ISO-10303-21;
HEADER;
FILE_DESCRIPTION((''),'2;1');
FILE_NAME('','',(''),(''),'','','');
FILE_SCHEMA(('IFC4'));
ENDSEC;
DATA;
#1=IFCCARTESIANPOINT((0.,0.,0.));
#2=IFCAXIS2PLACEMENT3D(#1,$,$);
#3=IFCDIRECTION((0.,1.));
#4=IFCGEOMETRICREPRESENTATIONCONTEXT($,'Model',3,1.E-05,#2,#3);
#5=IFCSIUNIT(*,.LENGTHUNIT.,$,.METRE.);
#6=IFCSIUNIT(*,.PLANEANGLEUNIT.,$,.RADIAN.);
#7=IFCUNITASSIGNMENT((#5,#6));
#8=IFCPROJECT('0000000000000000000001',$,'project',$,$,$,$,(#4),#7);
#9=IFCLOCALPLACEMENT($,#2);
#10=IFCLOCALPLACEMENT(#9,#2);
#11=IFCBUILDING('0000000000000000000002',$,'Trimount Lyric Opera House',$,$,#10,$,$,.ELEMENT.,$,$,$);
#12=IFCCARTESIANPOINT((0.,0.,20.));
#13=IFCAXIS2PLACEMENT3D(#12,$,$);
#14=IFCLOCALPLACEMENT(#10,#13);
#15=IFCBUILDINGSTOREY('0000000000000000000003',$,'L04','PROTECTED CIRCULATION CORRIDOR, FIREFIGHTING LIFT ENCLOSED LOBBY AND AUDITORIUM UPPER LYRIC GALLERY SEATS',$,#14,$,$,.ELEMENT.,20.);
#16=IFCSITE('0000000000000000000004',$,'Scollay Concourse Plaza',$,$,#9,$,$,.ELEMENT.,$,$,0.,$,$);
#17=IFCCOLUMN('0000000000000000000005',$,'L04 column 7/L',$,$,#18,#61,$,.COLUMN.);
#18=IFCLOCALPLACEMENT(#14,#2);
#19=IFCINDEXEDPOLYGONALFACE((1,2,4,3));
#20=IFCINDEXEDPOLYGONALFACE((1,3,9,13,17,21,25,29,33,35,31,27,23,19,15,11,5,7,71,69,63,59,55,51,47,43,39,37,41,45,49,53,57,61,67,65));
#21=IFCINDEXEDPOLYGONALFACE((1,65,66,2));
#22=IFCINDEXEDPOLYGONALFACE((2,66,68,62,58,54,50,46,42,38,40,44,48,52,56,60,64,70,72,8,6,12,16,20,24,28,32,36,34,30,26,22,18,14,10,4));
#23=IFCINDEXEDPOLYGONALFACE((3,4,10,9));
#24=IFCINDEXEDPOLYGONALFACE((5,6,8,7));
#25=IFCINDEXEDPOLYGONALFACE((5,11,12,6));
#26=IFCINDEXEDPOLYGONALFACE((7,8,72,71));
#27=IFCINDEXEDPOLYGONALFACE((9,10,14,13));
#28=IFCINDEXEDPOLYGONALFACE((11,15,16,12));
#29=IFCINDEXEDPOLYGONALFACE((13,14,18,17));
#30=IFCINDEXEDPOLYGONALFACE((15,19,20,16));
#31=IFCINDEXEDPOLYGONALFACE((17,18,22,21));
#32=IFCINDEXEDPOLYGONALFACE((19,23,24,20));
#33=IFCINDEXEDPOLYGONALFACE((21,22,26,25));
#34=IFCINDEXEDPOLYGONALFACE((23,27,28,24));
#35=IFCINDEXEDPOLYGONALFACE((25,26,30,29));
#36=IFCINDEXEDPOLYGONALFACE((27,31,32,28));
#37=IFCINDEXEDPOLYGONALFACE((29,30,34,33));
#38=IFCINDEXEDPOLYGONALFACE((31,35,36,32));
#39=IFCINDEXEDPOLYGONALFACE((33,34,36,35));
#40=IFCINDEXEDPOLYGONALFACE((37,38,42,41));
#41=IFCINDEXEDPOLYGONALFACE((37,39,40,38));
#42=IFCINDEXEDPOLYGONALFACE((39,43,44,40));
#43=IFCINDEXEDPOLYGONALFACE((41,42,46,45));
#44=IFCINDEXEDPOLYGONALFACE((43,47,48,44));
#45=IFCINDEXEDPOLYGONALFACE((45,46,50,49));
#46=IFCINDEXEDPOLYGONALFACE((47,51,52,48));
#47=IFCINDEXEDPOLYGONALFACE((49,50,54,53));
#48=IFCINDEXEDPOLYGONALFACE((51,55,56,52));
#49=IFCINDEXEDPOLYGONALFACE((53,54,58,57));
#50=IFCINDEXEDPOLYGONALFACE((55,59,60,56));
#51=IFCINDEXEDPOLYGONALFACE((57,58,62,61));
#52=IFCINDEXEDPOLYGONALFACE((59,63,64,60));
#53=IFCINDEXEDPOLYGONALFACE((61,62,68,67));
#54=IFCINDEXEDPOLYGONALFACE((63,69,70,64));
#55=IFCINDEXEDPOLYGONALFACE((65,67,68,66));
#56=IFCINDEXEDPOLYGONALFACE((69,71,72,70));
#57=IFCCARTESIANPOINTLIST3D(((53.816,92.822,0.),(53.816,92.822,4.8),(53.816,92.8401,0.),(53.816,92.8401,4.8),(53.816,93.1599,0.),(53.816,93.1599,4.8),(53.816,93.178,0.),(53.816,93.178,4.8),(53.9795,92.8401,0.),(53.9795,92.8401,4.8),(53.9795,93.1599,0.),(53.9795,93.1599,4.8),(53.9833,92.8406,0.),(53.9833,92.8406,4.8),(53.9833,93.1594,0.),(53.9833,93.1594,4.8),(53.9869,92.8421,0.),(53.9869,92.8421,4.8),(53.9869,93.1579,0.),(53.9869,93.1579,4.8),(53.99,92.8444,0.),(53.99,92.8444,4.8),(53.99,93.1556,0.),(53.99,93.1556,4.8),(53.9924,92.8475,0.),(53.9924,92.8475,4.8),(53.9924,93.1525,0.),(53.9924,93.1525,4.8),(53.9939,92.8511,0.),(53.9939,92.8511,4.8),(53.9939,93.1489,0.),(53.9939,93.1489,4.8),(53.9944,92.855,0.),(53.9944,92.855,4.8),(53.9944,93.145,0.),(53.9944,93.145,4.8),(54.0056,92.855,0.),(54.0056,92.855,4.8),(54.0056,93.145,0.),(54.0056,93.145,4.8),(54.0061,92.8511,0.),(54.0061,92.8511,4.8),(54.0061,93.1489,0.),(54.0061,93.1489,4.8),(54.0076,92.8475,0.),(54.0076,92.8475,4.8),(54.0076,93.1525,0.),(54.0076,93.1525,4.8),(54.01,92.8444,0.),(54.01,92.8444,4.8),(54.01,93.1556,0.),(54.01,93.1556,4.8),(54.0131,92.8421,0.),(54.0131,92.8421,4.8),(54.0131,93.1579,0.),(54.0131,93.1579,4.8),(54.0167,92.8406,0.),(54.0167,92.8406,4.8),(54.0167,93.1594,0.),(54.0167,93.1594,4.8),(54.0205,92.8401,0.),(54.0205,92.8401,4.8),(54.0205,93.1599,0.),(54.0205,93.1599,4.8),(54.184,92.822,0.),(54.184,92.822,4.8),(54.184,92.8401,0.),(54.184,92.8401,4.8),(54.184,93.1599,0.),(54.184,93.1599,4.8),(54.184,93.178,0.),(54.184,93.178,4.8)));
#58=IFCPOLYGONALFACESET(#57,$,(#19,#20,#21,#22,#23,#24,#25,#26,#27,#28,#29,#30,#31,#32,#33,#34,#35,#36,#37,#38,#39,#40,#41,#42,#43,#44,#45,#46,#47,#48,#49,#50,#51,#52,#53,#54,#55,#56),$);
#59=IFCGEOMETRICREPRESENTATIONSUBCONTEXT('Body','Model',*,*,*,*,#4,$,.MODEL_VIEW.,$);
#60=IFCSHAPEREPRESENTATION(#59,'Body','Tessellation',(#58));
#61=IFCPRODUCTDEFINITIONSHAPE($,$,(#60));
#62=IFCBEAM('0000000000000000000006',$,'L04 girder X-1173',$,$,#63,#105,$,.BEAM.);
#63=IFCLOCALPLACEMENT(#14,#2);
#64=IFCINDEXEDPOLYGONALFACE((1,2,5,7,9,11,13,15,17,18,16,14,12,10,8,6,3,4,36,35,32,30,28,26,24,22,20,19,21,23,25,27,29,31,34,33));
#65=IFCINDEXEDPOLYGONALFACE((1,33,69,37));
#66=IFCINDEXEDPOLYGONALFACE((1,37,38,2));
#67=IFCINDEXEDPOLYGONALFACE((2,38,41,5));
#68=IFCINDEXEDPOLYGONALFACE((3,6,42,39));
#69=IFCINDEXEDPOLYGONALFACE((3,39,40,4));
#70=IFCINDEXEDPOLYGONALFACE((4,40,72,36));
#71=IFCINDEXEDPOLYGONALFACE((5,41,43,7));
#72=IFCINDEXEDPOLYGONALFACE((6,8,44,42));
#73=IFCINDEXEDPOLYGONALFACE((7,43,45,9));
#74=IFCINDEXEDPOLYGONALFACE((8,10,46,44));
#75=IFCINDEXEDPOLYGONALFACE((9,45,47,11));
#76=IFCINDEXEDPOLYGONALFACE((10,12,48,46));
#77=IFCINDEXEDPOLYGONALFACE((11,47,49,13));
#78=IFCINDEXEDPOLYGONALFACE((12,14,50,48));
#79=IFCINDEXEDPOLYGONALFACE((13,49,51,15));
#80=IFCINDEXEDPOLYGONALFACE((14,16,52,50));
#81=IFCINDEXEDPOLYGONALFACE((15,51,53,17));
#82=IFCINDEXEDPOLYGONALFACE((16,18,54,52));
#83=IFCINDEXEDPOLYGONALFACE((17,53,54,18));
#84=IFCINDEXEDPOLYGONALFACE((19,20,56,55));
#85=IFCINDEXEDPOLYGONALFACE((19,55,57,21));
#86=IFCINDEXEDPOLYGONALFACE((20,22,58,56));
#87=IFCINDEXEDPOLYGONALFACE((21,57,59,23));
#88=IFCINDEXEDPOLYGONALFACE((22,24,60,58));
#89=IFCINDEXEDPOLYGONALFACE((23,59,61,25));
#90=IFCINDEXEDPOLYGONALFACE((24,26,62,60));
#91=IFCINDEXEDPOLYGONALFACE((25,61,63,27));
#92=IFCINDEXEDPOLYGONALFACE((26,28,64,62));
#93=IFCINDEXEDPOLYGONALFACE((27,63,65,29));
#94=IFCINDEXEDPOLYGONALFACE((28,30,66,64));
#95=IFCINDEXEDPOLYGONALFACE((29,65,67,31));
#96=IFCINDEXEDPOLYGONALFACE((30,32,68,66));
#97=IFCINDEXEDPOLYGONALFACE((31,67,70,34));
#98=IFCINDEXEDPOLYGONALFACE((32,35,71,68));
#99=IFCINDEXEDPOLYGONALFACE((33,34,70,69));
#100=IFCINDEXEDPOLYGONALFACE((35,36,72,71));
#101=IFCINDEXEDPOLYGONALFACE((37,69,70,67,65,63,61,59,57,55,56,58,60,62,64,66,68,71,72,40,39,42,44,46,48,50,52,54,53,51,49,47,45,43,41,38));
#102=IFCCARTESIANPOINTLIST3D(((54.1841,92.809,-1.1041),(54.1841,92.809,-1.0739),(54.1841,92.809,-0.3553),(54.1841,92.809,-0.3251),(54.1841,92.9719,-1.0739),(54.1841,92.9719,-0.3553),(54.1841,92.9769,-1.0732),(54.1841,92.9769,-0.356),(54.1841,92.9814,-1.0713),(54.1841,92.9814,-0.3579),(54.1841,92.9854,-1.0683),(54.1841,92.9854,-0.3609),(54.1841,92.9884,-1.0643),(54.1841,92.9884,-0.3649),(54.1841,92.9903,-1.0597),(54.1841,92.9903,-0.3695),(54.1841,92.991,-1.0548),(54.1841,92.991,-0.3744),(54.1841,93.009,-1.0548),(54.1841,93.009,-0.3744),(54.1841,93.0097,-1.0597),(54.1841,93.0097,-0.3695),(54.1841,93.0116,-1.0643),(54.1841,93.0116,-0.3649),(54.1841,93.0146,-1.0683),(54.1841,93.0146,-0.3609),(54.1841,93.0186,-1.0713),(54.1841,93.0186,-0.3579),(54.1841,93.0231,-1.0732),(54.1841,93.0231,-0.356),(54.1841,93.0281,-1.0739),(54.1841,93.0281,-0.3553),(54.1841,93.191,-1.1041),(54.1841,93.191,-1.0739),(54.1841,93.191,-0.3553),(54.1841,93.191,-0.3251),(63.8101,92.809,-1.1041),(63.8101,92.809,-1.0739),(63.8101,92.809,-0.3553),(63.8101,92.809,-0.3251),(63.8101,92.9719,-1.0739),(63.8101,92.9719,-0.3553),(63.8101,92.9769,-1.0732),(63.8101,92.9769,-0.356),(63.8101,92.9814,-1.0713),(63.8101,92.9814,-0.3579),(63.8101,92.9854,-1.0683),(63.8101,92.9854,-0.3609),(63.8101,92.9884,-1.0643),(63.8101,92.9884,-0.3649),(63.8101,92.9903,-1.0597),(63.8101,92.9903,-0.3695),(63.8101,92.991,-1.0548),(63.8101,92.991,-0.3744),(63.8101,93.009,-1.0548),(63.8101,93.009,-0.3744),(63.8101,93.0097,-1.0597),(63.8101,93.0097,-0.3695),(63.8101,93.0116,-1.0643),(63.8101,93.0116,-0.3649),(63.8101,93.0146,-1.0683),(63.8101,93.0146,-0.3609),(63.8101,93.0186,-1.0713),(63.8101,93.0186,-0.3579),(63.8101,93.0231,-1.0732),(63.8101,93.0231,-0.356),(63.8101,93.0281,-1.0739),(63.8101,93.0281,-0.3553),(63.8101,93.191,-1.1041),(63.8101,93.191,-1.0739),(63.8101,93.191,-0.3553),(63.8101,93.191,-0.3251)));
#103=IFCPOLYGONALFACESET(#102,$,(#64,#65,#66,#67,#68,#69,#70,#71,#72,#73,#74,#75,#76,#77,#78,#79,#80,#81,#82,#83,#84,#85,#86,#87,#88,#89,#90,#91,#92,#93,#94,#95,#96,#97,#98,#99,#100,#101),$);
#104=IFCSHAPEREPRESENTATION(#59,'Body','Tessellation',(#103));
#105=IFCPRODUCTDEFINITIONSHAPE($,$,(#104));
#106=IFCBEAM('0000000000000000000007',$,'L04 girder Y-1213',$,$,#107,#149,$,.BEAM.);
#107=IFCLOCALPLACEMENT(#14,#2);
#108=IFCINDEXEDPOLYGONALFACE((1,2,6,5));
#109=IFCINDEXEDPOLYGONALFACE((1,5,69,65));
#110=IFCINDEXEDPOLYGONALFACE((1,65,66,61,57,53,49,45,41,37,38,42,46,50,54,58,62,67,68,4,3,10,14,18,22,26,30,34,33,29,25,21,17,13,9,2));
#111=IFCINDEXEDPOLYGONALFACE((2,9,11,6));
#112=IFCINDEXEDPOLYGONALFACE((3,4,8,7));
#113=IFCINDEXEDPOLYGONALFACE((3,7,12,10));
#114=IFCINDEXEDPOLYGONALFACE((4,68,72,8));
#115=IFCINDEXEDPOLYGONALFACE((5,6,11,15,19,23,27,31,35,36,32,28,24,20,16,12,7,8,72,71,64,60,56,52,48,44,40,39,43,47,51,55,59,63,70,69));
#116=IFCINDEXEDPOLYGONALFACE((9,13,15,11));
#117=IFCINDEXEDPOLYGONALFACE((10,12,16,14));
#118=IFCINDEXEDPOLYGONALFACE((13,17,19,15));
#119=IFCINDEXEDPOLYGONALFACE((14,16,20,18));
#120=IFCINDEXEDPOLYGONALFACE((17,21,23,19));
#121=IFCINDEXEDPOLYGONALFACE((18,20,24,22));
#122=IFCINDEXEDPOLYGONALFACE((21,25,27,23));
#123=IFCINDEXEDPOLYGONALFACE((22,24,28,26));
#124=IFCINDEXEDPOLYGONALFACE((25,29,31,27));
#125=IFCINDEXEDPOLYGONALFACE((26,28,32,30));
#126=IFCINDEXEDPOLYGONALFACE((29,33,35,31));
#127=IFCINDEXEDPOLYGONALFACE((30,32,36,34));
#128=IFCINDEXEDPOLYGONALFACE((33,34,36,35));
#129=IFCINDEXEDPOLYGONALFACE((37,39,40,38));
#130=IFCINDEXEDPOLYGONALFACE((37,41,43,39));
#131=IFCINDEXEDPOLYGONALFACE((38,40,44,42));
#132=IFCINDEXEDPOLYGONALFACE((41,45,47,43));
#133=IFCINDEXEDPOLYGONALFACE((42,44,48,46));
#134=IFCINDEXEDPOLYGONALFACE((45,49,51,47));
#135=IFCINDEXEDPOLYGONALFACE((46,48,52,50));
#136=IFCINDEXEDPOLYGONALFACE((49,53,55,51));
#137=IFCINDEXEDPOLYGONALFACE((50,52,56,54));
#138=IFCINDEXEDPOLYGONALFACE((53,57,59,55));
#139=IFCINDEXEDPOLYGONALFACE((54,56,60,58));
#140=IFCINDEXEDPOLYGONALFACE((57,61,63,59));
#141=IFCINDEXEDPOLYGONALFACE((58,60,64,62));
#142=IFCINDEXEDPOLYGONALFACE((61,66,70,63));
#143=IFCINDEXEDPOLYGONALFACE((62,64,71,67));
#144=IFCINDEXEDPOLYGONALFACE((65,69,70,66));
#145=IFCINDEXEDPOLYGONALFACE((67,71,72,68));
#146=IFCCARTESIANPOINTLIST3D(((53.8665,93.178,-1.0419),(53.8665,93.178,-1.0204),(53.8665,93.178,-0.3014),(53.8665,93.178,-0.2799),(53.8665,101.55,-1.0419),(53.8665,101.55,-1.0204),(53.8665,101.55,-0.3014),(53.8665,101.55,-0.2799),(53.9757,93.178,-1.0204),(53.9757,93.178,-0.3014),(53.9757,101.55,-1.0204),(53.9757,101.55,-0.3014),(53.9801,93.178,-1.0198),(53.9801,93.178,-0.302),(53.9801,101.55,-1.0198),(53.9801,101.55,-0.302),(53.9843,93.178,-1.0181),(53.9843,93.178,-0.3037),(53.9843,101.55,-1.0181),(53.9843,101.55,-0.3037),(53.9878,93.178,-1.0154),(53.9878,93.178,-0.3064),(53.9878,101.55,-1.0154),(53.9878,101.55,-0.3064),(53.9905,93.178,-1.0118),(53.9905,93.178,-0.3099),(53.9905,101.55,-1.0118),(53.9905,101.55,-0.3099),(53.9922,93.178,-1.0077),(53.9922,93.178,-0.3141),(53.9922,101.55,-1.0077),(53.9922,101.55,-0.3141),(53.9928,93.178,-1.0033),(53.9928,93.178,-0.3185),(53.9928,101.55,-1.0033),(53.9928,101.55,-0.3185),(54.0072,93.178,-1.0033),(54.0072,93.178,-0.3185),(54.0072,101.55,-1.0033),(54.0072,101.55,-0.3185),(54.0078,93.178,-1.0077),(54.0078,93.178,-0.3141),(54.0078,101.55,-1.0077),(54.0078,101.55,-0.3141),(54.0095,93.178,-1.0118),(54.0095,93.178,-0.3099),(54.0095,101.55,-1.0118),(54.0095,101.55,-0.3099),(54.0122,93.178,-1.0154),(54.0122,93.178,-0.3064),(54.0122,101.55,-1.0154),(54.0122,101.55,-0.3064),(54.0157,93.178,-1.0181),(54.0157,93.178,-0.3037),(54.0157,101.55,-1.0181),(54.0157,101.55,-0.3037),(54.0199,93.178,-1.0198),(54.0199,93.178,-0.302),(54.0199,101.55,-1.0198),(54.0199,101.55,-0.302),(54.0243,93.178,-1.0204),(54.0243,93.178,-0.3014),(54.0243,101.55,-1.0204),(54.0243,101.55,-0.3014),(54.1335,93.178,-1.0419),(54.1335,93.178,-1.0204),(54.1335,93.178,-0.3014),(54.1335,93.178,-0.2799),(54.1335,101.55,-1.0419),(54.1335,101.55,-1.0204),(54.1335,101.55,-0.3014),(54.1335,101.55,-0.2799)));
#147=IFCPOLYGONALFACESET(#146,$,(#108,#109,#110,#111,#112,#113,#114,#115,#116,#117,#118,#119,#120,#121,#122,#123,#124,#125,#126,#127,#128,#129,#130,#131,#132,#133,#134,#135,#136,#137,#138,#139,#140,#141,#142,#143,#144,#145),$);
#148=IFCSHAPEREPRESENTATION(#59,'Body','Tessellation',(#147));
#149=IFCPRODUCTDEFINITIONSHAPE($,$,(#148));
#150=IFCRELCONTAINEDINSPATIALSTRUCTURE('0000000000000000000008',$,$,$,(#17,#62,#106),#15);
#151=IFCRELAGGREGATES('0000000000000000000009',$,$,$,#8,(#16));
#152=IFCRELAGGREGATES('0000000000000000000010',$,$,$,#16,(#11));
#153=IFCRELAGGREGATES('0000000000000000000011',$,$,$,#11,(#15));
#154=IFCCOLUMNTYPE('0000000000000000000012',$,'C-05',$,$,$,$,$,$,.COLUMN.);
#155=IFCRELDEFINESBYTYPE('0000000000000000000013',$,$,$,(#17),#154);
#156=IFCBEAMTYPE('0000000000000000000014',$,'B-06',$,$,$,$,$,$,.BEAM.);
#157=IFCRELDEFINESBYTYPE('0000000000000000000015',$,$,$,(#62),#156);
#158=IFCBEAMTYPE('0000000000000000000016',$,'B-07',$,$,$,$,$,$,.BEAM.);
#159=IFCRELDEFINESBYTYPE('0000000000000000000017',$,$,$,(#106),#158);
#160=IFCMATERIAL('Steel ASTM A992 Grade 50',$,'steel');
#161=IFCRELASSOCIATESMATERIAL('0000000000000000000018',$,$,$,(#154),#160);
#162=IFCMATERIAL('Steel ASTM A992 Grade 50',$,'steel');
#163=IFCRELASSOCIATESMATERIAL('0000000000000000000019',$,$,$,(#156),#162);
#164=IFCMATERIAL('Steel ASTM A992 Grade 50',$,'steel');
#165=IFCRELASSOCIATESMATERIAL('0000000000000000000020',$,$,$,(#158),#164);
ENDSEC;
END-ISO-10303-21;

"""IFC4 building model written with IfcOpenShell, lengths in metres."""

from ifc_helpers import new_model, si_unit, direction, frame, origin, origin_2d, place, context, subcontext, project, spatial, i_section, extrude, material, material_profile, profile_set, type_object, element, save


model = new_model("IFC4")

# Units and contexts
model_context = context("Model", 3, precision=1e-05, world=origin(), true_north=direction((0.0, 1.0)))
body_context = subcontext(model_context, "Body", "Model", "MODEL_VIEW")
ifc_project = project(units=[si_unit("LENGTHUNIT", "METRE"), si_unit("PLANEANGLEUNIT", "RADIAN")], contexts=[model_context])

# Site, building, storey
site_placement = place(None, origin())
site = spatial("IfcSite", under=ifc_project, at=site_placement, Name="Scollay Concourse Plaza", CompositionType="ELEMENT", RefElevation=0.0)
building_placement = place(site_placement, origin())
building = spatial("IfcBuilding", under=site, at=building_placement, Name="Trimount Lyric Opera House", CompositionType="ELEMENT")
storey_placement = place(building_placement, frame((0.0, 0.0, 20.0)))
storey = spatial("IfcBuildingStorey", under=building, at=storey_placement, Name="L04", Description="PROTECTED CIRCULATION CORRIDOR, FIREFIGHTING LIFT ENCLOSED LOBBY AND AUDITORIUM UPPER LYRIC GALLERY SEATS", CompositionType="ELEMENT", Elevation=20.0)

# Column
ifc_material_1 = material(Name="Steel ASTM A992 Grade 50", Category="steel")
ifc_material_profile_1 = material_profile(ifc_material_1, i_section(OverallWidth=0.3679, OverallDepth=0.356, WebThickness=0.0112, FlangeThickness=0.0181, FilletRadius=0.0149, at=origin_2d()), Name="W14X90")
ifc_profile_set_1 = profile_set([ifc_material_profile_1], Name="Steel ASTM A992 Grade 50")
column_type = type_object("IfcColumnType", Name="C-05", PredefinedType="COLUMN", material=ifc_profile_set_1)
column_placement = place(storey_placement, frame((54.0, 93.0, 0.0), z_axis=(0.0, 0.0, 1.0), x_axis=(1.0, 0.0, 0.0)))
element("IfcColumn", 1, at=column_placement, inside=storey, type_object=column_type, Name="L04 column 7/L", PredefinedType="COLUMN", context=body_context, shape_type="SweptSolid", body=[
    extrude(i_section(OverallWidth=0.3679, OverallDepth=0.356, WebThickness=0.0112, FlangeThickness=0.0181, FilletRadius=0.0149, at=origin_2d()), origin(), (0.0, 0.0, 1.0), 4.8),
])

# Beams
ifc_material_2 = material(Name="Steel ASTM A992 Grade 50", Category="steel")
ifc_material_profile_2 = material_profile(ifc_material_2, i_section(OverallWidth=0.3821, OverallDepth=0.7791, WebThickness=0.0181, FlangeThickness=0.0303, FilletRadius=0.019, at=origin_2d()), Name="W30X191")
ifc_profile_set_2 = profile_set([ifc_material_profile_2], Name="Steel ASTM A992 Grade 50")
beam_type_1 = type_object("IfcBeamType", Name="B-06", PredefinedType="BEAM", material=ifc_profile_set_2)
beam_1_placement = place(storey_placement, frame((54.1841, 93.0, -0.7146), z_axis=(1.0, 0.0, 0.0), x_axis=(0.0, 1.0, 0.0)))
element("IfcBeam", 2, at=beam_1_placement, inside=storey, type_object=beam_type_1, Name="L04 girder X-1173", PredefinedType="BEAM", context=body_context, shape_type="SweptSolid", body=[
    extrude(i_section(OverallWidth=0.3821, OverallDepth=0.7791, WebThickness=0.0181, FlangeThickness=0.0303, FilletRadius=0.019, at=origin_2d()), origin(), (0.0, 0.0, 1.0), 9.626),
])
ifc_material_3 = material(Name="Steel ASTM A992 Grade 50", Category="steel")
ifc_material_profile_3 = material_profile(ifc_material_3, i_section(OverallWidth=0.2671, OverallDepth=0.762, WebThickness=0.0144, FlangeThickness=0.0215, FilletRadius=0.0171, at=origin_2d()), Name="W30X116")
ifc_profile_set_3 = profile_set([ifc_material_profile_3], Name="Steel ASTM A992 Grade 50")
beam_type_2 = type_object("IfcBeamType", Name="B-07", PredefinedType="BEAM", material=ifc_profile_set_3)
beam_2_placement = place(storey_placement, frame((54.0, 93.178, -0.6609), z_axis=(0.0, 1.0, 0.0), x_axis=(-1.0, 0.0, 0.0)))
element("IfcBeam", 3, at=beam_2_placement, inside=storey, type_object=beam_type_2, Name="L04 girder Y-1213", PredefinedType="BEAM", context=body_context, shape_type="SweptSolid", body=[
    extrude(i_section(OverallWidth=0.2671, OverallDepth=0.762, WebThickness=0.0144, FlangeThickness=0.0215, FilletRadius=0.0171, at=origin_2d()), origin(), (0.0, 0.0, 1.0), 8.3721),
])

save(model, "model.ifc")
